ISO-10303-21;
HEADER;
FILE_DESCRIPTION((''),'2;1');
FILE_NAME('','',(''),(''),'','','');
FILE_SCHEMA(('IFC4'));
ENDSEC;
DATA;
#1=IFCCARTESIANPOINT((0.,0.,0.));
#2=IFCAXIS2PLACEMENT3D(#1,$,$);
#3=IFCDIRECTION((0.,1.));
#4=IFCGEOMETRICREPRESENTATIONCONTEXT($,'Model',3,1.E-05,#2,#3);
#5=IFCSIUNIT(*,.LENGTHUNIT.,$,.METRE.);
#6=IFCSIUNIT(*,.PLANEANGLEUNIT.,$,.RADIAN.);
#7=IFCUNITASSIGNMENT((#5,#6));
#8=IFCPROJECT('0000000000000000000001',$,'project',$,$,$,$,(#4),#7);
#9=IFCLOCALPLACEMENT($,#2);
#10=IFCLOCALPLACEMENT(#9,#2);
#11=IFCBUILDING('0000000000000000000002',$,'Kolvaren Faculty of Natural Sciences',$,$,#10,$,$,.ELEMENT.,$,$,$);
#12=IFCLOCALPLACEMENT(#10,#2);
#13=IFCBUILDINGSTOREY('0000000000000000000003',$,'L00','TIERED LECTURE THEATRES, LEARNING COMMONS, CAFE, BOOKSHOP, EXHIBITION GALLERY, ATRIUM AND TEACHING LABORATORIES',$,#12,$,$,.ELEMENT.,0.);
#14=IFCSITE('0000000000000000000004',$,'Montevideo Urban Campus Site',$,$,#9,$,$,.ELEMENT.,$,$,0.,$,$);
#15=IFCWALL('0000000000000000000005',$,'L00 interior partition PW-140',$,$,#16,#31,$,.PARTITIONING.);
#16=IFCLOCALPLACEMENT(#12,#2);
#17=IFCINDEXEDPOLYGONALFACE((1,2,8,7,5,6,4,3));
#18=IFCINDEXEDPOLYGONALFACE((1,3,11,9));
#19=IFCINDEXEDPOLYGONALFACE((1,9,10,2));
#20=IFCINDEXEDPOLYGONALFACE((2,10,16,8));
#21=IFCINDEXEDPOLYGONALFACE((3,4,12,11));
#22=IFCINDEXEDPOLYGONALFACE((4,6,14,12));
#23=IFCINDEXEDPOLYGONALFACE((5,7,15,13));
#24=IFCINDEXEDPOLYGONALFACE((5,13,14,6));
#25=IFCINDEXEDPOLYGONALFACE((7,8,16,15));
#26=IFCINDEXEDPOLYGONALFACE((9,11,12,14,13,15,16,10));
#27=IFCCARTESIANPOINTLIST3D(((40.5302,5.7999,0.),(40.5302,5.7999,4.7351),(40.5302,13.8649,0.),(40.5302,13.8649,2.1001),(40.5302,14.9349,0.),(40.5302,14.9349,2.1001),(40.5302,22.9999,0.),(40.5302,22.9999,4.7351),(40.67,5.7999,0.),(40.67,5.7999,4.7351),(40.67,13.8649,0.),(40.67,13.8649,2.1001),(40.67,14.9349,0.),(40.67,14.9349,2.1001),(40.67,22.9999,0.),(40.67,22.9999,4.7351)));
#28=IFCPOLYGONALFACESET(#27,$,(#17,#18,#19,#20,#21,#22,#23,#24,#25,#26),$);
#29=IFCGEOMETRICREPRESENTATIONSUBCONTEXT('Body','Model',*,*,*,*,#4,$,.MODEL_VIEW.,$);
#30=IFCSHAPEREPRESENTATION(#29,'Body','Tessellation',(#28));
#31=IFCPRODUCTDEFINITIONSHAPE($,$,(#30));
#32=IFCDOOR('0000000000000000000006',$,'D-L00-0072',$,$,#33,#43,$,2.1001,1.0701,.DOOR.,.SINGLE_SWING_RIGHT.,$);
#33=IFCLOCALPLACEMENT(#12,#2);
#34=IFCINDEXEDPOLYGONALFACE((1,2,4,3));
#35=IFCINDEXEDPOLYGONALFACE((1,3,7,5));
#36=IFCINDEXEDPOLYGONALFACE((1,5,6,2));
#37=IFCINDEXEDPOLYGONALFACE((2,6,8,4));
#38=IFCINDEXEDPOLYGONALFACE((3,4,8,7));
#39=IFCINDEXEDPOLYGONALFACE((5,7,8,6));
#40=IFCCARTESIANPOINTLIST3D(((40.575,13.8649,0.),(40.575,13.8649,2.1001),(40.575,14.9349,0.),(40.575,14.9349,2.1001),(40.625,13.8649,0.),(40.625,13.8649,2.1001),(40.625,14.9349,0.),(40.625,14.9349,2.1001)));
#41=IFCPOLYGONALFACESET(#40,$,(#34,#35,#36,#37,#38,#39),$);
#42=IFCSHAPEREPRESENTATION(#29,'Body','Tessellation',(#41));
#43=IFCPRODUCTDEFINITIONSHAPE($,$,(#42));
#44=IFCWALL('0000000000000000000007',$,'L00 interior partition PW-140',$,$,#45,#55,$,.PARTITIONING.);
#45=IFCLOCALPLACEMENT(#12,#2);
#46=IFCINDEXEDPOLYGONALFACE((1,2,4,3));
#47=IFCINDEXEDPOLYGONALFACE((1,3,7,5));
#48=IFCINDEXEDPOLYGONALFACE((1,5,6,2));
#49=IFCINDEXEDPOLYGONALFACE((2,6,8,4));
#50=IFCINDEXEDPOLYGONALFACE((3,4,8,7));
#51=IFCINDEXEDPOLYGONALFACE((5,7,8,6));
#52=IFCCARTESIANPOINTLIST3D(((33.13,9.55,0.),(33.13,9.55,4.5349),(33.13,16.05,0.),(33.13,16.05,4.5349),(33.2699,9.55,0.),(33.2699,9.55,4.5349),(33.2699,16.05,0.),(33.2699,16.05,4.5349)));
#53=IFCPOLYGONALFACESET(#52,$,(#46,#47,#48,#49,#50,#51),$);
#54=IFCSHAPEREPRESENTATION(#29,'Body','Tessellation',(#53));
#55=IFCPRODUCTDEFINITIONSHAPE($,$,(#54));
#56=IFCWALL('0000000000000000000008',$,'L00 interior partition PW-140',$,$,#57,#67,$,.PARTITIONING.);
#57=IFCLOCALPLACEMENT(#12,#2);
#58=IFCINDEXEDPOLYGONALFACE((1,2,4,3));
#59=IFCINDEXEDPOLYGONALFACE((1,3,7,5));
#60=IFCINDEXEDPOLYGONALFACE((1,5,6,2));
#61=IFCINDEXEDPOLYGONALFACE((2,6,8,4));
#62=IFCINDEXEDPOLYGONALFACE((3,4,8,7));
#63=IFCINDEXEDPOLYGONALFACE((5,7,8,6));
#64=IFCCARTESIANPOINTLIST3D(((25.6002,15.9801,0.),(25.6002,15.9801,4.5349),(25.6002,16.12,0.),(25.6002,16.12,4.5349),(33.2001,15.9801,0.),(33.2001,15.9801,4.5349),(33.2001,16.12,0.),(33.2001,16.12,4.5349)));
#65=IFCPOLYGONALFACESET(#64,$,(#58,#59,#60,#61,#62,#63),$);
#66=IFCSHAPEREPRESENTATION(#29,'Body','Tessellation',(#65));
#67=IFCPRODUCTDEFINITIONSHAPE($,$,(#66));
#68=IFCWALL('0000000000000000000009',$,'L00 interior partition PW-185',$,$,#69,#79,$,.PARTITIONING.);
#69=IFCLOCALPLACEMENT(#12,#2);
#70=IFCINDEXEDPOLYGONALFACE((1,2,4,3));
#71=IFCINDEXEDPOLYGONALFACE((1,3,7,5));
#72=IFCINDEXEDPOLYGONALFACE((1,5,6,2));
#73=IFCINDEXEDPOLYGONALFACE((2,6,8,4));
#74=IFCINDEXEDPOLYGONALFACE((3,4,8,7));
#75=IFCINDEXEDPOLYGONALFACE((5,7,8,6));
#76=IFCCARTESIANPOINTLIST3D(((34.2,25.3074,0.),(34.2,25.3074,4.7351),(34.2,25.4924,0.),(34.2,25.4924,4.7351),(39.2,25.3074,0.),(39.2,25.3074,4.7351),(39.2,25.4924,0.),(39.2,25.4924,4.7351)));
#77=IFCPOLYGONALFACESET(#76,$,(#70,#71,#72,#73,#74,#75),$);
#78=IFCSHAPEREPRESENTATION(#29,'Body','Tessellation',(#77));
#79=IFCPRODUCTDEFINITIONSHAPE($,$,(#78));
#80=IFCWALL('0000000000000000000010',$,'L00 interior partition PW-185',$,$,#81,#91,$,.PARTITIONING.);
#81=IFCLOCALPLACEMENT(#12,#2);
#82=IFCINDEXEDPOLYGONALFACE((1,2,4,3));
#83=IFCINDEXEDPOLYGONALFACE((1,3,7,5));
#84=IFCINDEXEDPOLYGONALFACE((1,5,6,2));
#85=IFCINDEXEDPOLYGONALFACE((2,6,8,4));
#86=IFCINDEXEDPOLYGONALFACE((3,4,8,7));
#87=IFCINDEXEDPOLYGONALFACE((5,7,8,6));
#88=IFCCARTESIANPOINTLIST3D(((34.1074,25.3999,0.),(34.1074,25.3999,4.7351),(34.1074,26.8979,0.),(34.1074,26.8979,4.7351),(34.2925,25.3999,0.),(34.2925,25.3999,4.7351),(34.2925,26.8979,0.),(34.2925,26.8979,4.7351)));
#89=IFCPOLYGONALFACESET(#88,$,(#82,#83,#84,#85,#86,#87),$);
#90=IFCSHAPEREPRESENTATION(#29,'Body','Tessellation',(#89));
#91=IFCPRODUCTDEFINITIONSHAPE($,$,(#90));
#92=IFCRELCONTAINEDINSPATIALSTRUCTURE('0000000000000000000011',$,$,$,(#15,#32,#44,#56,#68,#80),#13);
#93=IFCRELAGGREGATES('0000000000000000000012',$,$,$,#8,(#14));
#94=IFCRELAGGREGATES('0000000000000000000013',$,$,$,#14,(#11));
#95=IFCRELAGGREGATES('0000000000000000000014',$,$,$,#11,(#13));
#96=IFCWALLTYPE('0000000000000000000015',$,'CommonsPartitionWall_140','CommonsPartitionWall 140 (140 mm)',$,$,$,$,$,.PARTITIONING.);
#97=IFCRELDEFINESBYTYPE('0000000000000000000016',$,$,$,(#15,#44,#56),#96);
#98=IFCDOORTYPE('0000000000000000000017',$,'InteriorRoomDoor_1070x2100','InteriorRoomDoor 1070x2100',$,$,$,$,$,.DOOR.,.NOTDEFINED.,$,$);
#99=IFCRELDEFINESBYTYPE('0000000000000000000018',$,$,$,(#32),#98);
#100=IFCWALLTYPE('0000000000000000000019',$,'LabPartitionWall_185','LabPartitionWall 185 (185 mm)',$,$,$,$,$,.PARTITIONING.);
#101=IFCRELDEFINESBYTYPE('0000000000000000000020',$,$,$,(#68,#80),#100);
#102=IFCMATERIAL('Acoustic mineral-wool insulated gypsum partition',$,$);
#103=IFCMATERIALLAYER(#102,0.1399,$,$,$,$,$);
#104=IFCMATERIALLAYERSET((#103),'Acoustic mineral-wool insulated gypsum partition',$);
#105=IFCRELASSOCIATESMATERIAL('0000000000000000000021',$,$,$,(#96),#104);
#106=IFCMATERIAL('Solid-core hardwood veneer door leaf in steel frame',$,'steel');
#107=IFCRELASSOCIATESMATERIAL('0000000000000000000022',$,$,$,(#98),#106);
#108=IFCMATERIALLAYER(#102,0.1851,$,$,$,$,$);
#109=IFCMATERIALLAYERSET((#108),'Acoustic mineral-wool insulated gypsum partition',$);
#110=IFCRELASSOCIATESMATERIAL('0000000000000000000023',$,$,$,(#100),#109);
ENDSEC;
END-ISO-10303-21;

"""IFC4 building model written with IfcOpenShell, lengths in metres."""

from ifc_helpers import new_model, si_unit, direction, frame, frame_2d, origin, place, context, subcontext, project, spatial, rectangle, extrude, material, layer, layer_set, type_object, element, fill, save


model = new_model("IFC4")

# Units and contexts
model_context = context("Model", 3, precision=1e-05, world=origin(), true_north=direction((0.0, 1.0)))
body_context = subcontext(model_context, "Body", "Model", "MODEL_VIEW")
ifc_project = project(units=[si_unit("LENGTHUNIT", "METRE"), si_unit("PLANEANGLEUNIT", "RADIAN")], contexts=[model_context])

# Site, building, storey
site_placement = place(None, origin())
site = spatial("IfcSite", under=ifc_project, at=site_placement, Name="Montevideo Urban Campus Site", CompositionType="ELEMENT", RefElevation=0.0)
building_placement = place(site_placement, origin())
building = spatial("IfcBuilding", under=site, at=building_placement, Name="Kolvaren Faculty of Natural Sciences", CompositionType="ELEMENT")
storey_placement = place(building_placement, origin())
storey = spatial("IfcBuildingStorey", under=building, at=storey_placement, Name="L00", Description="TIERED LECTURE THEATRES, LEARNING COMMONS, CAFE, BOOKSHOP, EXHIBITION GALLERY, ATRIUM AND TEACHING LABORATORIES", CompositionType="ELEMENT", Elevation=0.0)

# Wall, opening, door
ifc_material_1 = material(Name="Acoustic mineral-wool insulated gypsum partition")
ifc_layer_1 = layer(ifc_material_1, 0.1399)
ifc_layer_set_1 = layer_set([ifc_layer_1], Name="Acoustic mineral-wool insulated gypsum partition")
wall_type_1 = type_object("IfcWallType", Name="CommonsPartitionWall_140", Description="CommonsPartitionWall 140 (140 mm)", PredefinedType="PARTITIONING", material=ifc_layer_set_1)
wall_1_placement = place(storey_placement, frame((40.6001, 23.0, 0.0), z_axis=(0.0, 0.0, 1.0), x_axis=(0.0, -1.0, 0.0)))
wall_1 = element("IfcWall", 1, at=wall_1_placement, inside=storey, type_object=wall_type_1, Name="L00 interior partition PW-140", PredefinedType="PARTITIONING", context=body_context, shape_type="SweptSolid", body=[
    extrude(rectangle(XDim=17.2, YDim=0.1399, at=frame_2d((8.6001, 0.0))), origin(), (0.0, 0.0, 1.0), 4.7351),
])
opening_placement = place(wall_1_placement, frame((8.0649, 0.0, 0.0)))
opening = element("IfcOpeningElement", 2, at=opening_placement, cuts=wall_1, PredefinedType="OPENING", context=body_context, shape_type="SweptSolid", body=[
    extrude(rectangle(XDim=1.0701, YDim=2.1001, at=frame_2d((0.5352, 1.05))), frame((0.0, 0.0798, 0.0), z_axis=(0.0, -1.0, 0.0), x_axis=(1.0, 0.0, 0.0)), (0.0, 0.0, 1.0), 0.1599),
])
ifc_material_2 = material(Name="Solid-core hardwood veneer door leaf in steel frame", Category="steel")
door_type = type_object("IfcDoorType", Name="InteriorRoomDoor_1070x2100", Description="InteriorRoomDoor 1070x2100", OperationType="NOTDEFINED", PredefinedType="DOOR", material=ifc_material_2)
door_placement = place(opening_placement, origin())
door = element("IfcDoor", 3, at=door_placement, inside=storey, type_object=door_type, Name="D-L00-0072", OperationType="SINGLE_SWING_RIGHT", OverallHeight=2.1001, OverallWidth=1.0701, PredefinedType="DOOR", context=body_context, shape_type="SweptSolid", body=[
    extrude(rectangle(XDim=1.0701, YDim=2.1001, at=frame_2d((0.5352, 1.05))), frame((0.0, 0.0249, 0.0), z_axis=(0.0, -1.0, 0.0), x_axis=(1.0, 0.0, 0.0)), (0.0, 0.0, 1.0), 0.05),
])
fill(opening, door)

# Walls
wall_2_placement = place(storey_placement, frame((33.2, 9.55, 0.0), z_axis=(0.0, 0.0, 1.0), x_axis=(0.0, 1.0, 0.0)))
element("IfcWall", 4, at=wall_2_placement, inside=storey, type_object=wall_type_1, Name="L00 interior partition PW-140", PredefinedType="PARTITIONING", context=body_context, shape_type="SweptSolid", body=[
    extrude(rectangle(XDim=6.5, YDim=0.1399, at=frame_2d((3.25, 0.0))), origin(), (0.0, 0.0, 1.0), 4.5349),
])
wall_3_placement = place(storey_placement, frame((33.2, 16.05, 0.0), z_axis=(0.0, 0.0, 1.0), x_axis=(-1.0, 0.0, 0.0)))
element("IfcWall", 5, at=wall_3_placement, inside=storey, type_object=wall_type_1, Name="L00 interior partition PW-140", PredefinedType="PARTITIONING", context=body_context, shape_type="SweptSolid", body=[
    extrude(rectangle(XDim=7.5999, YDim=0.1399, at=frame_2d((3.7998, 0.0))), origin(), (0.0, 0.0, 1.0), 4.5349),
])
ifc_layer_2 = layer(ifc_material_1, 0.1851)
ifc_layer_set_2 = layer_set([ifc_layer_2], Name="Acoustic mineral-wool insulated gypsum partition")
wall_type_2 = type_object("IfcWallType", Name="LabPartitionWall_185", Description="LabPartitionWall 185 (185 mm)", PredefinedType="PARTITIONING", material=ifc_layer_set_2)
wall_4_placement = place(storey_placement, frame((39.2, 25.3999, 0.0), z_axis=(0.0, 0.0, 1.0), x_axis=(-1.0, 0.0, 0.0)))
element("IfcWall", 6, at=wall_4_placement, inside=storey, type_object=wall_type_2, Name="L00 interior partition PW-185", PredefinedType="PARTITIONING", context=body_context, shape_type="SweptSolid", body=[
    extrude(rectangle(XDim=5.0, YDim=0.1851, at=frame_2d((2.5, 0.0))), origin(), (0.0, 0.0, 1.0), 4.7351),
])
wall_5_placement = place(storey_placement, frame((34.2, 25.3999, 0.0), z_axis=(0.0, 0.0, 1.0), x_axis=(0.0, 1.0, 0.0)))
element("IfcWall", 7, at=wall_5_placement, inside=storey, type_object=wall_type_2, Name="L00 interior partition PW-185", PredefinedType="PARTITIONING", context=body_context, shape_type="SweptSolid", body=[
    extrude(rectangle(XDim=1.498, YDim=0.1851, at=frame_2d((0.749, 0.0))), origin(), (0.0, 0.0, 1.0), 4.7351),
])

save(model, "model.ifc")
